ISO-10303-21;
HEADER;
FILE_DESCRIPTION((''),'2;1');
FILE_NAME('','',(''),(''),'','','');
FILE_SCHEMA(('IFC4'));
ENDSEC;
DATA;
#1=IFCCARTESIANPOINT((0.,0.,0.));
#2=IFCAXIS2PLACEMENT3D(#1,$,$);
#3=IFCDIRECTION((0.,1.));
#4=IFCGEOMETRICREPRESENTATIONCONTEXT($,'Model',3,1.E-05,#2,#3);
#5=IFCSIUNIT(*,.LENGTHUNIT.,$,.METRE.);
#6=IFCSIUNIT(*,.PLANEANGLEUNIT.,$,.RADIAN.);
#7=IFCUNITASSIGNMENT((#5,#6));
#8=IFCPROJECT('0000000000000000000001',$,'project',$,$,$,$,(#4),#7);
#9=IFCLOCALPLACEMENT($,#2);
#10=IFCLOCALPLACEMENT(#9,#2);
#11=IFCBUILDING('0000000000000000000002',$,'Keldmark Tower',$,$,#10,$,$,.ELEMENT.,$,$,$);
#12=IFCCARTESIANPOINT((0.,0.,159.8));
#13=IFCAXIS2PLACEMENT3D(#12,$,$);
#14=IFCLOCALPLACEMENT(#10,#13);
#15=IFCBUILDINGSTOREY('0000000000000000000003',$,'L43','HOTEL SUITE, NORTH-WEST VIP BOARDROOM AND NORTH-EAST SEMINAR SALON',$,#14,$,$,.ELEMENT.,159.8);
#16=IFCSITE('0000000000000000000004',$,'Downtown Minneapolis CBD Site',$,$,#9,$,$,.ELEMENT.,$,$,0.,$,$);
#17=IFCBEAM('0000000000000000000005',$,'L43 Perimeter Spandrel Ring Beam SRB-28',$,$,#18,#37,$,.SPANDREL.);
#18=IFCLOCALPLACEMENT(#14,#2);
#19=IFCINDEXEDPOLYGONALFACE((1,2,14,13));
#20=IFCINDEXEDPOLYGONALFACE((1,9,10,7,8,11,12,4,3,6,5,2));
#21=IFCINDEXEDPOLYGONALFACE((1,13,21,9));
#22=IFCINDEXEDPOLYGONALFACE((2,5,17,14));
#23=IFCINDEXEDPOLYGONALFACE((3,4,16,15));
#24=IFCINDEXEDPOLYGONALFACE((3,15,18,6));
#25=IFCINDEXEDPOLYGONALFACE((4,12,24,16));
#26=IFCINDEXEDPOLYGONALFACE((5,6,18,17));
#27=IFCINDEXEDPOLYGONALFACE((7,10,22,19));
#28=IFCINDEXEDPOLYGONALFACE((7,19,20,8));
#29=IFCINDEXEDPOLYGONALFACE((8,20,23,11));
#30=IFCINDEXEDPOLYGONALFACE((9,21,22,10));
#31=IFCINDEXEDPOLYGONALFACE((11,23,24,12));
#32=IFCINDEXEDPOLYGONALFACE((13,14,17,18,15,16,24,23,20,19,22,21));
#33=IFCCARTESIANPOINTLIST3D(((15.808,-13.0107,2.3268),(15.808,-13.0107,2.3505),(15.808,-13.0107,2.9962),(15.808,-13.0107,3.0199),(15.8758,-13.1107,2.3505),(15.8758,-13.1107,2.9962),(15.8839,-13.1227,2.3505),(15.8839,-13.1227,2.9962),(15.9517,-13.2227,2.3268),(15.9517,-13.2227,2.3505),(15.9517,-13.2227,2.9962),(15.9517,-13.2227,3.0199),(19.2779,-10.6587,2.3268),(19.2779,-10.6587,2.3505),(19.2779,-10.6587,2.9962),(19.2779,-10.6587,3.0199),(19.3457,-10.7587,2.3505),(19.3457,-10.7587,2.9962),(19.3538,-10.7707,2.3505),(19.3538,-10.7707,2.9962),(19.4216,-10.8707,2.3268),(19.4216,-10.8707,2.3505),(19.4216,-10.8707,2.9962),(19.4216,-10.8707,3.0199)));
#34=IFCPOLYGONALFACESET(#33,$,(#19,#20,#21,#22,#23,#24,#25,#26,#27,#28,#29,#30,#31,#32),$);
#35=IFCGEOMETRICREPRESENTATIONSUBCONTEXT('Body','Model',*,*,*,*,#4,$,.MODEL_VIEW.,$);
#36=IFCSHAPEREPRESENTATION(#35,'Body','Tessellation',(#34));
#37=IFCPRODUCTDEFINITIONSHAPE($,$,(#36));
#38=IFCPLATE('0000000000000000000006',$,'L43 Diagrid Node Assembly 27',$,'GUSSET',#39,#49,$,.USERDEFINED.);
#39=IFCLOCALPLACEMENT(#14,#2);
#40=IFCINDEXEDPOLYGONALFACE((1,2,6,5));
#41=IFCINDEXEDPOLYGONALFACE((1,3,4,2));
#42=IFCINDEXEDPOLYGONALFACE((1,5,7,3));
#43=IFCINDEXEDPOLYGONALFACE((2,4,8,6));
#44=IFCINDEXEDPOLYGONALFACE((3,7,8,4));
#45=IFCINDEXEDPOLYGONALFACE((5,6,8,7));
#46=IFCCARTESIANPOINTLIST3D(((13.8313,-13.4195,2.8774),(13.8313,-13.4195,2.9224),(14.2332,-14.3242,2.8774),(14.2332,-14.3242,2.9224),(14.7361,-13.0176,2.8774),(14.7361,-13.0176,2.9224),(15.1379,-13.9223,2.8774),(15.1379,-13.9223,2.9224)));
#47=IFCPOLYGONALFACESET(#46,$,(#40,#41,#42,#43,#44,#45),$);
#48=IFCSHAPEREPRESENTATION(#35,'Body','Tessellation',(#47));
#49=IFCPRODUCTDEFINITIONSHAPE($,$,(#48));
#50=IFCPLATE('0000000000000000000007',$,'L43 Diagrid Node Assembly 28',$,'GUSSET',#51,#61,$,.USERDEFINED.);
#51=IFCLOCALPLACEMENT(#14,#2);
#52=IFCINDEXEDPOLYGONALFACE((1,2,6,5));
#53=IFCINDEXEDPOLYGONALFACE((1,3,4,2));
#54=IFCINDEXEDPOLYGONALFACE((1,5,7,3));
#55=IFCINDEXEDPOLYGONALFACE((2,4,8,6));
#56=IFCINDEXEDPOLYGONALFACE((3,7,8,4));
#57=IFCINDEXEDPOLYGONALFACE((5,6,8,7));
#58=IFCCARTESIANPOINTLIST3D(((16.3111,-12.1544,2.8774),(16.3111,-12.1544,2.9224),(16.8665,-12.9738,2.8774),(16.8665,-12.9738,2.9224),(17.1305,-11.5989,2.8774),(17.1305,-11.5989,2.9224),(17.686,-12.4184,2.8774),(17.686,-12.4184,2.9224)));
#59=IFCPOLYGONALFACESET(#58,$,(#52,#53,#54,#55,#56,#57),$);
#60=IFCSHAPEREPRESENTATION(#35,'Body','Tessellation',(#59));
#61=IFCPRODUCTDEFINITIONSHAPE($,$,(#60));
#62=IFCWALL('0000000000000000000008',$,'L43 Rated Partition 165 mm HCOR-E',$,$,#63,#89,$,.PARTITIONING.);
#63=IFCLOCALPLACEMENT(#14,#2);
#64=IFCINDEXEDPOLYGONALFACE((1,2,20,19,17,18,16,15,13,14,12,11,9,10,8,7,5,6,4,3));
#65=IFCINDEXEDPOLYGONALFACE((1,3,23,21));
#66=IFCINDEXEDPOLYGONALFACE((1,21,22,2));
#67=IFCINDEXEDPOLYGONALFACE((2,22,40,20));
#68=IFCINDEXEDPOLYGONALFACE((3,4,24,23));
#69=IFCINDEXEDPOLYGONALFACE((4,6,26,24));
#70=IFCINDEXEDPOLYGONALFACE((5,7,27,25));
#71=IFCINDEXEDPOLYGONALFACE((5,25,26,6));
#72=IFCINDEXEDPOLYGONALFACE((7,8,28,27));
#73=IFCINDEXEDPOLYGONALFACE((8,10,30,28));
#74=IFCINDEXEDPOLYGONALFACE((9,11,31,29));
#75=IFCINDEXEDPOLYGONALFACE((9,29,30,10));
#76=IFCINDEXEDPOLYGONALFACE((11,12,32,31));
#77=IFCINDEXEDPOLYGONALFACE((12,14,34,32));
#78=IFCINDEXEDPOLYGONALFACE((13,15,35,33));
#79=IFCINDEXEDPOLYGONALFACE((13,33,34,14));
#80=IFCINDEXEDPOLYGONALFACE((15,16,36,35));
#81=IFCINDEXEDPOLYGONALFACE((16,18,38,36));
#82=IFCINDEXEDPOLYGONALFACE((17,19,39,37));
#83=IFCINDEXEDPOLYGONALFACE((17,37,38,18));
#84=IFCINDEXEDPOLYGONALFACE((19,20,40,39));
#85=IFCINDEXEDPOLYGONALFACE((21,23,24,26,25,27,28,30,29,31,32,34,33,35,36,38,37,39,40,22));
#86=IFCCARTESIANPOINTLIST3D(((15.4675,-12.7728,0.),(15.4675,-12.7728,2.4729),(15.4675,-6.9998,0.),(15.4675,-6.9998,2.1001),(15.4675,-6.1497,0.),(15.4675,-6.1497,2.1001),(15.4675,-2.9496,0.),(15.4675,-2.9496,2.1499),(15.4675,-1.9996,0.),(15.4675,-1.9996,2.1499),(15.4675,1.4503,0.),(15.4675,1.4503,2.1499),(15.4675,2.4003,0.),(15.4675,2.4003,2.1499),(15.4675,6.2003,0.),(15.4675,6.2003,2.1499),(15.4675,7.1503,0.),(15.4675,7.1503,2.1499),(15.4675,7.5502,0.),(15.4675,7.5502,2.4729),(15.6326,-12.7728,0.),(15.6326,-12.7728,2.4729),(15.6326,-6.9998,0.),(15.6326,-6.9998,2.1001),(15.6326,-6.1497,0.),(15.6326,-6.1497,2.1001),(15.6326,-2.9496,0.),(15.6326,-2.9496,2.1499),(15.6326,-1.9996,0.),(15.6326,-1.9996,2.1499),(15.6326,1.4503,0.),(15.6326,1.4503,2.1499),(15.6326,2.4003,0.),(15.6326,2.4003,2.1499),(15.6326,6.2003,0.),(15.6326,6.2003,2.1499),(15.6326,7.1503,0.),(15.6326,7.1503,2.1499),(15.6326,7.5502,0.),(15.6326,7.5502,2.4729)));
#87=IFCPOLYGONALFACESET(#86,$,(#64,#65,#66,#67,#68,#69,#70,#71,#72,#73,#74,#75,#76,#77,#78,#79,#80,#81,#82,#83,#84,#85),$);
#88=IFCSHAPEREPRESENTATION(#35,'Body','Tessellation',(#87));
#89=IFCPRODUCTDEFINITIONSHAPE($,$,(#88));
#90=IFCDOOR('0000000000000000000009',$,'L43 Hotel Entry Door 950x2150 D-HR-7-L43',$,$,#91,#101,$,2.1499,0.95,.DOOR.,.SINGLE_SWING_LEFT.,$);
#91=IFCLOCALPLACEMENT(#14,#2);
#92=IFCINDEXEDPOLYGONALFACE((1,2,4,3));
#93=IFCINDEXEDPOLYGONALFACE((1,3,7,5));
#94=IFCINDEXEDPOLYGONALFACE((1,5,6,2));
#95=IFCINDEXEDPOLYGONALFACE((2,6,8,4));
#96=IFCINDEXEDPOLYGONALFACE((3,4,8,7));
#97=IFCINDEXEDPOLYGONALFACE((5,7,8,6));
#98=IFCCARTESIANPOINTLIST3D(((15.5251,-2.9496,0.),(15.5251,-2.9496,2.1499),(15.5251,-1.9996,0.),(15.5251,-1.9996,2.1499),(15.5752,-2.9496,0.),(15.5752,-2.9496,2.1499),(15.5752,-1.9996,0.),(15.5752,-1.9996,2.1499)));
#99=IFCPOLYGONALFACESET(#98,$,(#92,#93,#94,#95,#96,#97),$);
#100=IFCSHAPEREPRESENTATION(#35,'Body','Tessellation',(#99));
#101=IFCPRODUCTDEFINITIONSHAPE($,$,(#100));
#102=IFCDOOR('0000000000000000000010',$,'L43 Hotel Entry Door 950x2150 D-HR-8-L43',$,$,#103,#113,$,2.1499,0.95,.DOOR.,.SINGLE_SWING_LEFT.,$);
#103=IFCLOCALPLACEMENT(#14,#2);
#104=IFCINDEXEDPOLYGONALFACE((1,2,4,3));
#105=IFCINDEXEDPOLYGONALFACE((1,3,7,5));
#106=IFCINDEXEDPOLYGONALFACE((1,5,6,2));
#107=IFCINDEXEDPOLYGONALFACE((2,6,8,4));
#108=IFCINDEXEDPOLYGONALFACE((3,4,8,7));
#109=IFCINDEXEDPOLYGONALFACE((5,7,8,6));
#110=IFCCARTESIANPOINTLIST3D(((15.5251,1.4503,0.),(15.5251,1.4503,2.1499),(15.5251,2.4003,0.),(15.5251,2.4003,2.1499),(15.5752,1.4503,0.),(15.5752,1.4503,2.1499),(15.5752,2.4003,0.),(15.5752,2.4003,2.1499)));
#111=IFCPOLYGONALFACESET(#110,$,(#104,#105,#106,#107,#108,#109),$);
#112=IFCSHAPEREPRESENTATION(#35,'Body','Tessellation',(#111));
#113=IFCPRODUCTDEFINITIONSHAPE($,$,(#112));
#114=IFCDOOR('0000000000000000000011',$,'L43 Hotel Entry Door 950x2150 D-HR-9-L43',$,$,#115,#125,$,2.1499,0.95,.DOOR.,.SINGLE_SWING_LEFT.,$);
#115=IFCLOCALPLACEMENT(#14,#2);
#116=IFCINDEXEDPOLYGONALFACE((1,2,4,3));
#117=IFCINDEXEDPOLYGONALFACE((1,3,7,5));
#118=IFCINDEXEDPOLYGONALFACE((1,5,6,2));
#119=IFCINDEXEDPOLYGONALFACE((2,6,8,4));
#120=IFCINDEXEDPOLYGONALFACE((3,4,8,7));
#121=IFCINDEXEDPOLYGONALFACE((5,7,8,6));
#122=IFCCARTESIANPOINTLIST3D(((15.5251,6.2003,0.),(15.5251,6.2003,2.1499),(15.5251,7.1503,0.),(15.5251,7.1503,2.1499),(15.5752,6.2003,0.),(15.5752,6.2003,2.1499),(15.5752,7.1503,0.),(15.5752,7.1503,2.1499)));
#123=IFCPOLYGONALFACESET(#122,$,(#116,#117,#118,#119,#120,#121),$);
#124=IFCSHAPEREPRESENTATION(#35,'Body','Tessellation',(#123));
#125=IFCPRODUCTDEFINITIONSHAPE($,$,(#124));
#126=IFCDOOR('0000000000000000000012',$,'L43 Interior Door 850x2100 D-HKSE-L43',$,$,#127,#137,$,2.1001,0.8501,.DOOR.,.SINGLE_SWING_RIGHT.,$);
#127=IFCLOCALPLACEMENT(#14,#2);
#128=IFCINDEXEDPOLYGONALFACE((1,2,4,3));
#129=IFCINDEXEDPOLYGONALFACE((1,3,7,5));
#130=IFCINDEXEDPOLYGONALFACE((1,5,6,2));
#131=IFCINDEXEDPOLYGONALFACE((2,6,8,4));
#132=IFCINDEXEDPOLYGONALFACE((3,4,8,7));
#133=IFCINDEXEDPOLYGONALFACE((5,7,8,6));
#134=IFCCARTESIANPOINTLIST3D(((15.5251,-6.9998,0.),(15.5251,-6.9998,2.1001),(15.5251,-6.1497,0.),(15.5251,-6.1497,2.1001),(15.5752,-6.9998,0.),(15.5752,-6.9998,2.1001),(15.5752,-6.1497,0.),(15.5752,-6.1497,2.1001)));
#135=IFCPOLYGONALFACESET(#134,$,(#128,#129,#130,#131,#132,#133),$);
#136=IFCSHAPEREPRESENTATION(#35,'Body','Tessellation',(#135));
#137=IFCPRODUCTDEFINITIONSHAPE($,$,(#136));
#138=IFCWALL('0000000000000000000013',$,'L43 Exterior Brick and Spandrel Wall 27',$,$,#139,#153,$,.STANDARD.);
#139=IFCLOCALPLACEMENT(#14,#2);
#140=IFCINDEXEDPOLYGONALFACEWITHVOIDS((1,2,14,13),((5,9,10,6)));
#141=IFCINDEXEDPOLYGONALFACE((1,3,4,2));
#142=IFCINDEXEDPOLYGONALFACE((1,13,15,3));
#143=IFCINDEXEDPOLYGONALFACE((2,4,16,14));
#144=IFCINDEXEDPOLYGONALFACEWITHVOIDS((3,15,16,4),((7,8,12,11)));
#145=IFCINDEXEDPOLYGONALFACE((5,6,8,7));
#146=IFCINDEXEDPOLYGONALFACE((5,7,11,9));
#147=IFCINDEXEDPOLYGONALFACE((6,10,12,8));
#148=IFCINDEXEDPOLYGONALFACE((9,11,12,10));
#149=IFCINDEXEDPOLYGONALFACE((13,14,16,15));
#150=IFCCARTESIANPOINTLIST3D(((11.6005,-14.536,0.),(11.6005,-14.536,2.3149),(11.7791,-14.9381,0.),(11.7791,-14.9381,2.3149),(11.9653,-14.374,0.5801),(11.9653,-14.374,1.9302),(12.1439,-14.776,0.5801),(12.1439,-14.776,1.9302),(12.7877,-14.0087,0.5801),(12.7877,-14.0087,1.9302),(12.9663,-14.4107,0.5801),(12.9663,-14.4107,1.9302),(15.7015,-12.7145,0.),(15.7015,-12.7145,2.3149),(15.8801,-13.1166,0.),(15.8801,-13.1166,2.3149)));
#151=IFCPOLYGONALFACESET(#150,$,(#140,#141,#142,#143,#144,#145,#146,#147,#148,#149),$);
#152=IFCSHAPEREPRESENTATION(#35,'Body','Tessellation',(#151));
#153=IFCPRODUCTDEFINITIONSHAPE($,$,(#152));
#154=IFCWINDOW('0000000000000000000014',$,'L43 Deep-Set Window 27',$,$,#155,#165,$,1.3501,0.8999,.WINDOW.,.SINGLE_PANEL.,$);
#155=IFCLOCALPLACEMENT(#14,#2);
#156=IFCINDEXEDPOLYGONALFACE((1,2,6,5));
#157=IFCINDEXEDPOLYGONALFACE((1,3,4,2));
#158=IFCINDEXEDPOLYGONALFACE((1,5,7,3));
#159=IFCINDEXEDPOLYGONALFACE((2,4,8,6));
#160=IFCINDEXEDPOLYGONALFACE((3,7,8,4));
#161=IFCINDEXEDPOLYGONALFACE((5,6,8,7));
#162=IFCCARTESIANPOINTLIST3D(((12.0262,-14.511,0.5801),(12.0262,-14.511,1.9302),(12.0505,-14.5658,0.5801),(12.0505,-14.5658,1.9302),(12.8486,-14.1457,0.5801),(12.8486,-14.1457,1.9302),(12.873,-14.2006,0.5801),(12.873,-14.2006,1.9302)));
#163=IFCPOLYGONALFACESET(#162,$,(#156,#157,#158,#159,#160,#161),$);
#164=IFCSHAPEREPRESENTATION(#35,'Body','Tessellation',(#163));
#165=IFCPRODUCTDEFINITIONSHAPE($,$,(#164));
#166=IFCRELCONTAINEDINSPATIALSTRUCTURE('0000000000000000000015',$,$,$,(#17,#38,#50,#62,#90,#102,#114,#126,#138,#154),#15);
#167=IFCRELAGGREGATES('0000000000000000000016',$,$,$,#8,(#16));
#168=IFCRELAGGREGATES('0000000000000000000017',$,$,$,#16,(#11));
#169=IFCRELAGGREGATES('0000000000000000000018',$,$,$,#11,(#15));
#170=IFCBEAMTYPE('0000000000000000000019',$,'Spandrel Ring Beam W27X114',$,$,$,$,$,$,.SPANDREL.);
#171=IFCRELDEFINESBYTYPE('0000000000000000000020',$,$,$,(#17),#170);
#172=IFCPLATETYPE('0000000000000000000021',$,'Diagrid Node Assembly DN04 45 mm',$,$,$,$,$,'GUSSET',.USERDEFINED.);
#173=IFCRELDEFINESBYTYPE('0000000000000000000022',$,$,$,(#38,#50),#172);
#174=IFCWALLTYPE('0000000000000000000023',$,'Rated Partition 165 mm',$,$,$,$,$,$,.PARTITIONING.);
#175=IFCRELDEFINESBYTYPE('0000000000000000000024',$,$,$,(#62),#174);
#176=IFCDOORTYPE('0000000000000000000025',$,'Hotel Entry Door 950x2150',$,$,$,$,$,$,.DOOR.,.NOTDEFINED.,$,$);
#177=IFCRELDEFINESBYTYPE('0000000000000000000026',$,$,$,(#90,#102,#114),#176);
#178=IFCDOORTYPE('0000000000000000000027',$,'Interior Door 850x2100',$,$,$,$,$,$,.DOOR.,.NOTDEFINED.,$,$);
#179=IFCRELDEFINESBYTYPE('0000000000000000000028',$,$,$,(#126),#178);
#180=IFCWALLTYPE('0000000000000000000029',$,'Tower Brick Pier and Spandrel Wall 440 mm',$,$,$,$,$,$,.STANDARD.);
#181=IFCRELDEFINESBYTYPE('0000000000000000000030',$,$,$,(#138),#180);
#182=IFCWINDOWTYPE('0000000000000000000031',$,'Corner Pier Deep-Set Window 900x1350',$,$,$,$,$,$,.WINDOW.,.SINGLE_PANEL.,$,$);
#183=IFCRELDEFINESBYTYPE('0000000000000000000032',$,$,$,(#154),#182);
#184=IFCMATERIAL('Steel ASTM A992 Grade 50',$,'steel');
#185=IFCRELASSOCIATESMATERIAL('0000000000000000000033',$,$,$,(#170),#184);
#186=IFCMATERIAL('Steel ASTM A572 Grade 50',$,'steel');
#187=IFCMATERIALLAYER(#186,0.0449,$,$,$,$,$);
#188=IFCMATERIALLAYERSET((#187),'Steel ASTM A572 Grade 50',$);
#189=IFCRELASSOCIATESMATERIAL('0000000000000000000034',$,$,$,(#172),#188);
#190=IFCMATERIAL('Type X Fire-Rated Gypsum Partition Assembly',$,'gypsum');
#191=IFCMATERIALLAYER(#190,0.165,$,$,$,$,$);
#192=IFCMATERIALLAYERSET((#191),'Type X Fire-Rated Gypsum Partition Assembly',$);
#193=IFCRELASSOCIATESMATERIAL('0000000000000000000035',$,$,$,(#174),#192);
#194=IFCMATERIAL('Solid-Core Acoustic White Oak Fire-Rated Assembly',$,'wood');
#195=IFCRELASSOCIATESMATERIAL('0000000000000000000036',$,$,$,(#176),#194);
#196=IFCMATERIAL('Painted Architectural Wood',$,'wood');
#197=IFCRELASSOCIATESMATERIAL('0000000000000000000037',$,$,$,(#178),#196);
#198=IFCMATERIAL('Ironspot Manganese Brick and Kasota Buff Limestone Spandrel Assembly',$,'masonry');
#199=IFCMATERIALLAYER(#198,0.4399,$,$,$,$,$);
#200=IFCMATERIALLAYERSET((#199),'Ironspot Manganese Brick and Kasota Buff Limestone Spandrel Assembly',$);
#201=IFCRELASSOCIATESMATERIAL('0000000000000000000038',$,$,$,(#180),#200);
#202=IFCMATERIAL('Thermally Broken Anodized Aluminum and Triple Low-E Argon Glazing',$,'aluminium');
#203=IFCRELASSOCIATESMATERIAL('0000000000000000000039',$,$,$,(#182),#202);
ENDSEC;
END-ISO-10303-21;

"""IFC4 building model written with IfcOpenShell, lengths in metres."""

from ifc_helpers import new_model, si_unit, direction, frame, frame_2d, origin, origin_2d, place, context, subcontext, project, spatial, rectangle, i_section, extrude, material, layer, layer_set, material_profile, profile_set, type_object, element, fill, save


model = new_model("IFC4")

# Units and contexts
model_context = context("Model", 3, precision=1e-05, world=origin(), true_north=direction((0.0, 1.0)))
body_context = subcontext(model_context, "Body", "Model", "MODEL_VIEW")
ifc_project = project(units=[si_unit("LENGTHUNIT", "METRE"), si_unit("PLANEANGLEUNIT", "RADIAN")], contexts=[model_context])

# Site, building, storey
site_placement = place(None, origin())
site = spatial("IfcSite", under=ifc_project, at=site_placement, Name="Downtown Minneapolis CBD Site", CompositionType="ELEMENT", RefElevation=0.0)
building_placement = place(site_placement, origin())
building = spatial("IfcBuilding", under=site, at=building_placement, Name="Keldmark Tower", CompositionType="ELEMENT")
storey_placement = place(building_placement, frame((0.0, 0.0, 159.8)))
storey = spatial("IfcBuildingStorey", under=building, at=storey_placement, Name="L43", Description="HOTEL SUITE, NORTH-WEST VIP BOARDROOM AND NORTH-EAST SEMINAR SALON", CompositionType="ELEMENT", Elevation=159.8)

# Beam
ifc_material_1 = material(Name="Steel ASTM A992 Grade 50", Category="steel")
ifc_material_profile_1 = material_profile(ifc_material_1, i_section(OverallWidth=0.2561, OverallDepth=0.6931, WebThickness=0.0144, FlangeThickness=0.0237, at=origin_2d()), Name="W27X114")
ifc_profile_set_1 = profile_set([ifc_material_profile_1], Name="Steel ASTM A992 Grade 50")
beam_type_1 = type_object("IfcBeamType", Name="Spandrel Ring Beam W27X114", PredefinedType="SPANDREL", material=ifc_profile_set_1)
beam_1_placement = place(storey_placement, frame((15.8799, -13.1167, 2.6733), z_axis=(0.827761, 0.561081, 0.0), x_axis=(-0.561081, 0.827761, 0.0)))
element("IfcBeam", 1, at=beam_1_placement, inside=storey, type_object=beam_type_1, Name="L43 Perimeter Spandrel Ring Beam SRB-28", PredefinedType="SPANDREL", context=body_context, shape_type="SweptSolid", body=[
    extrude(i_section(OverallWidth=0.2561, OverallDepth=0.6931, WebThickness=0.0144, FlangeThickness=0.0237, at=origin_2d()), origin(), (0.0, 0.0, 1.0), 4.1919),
])

# Plates
ifc_material_2 = material(Name="Steel ASTM A572 Grade 50", Category="steel")
ifc_layer_1 = layer(ifc_material_2, 0.0449)
ifc_layer_set_1 = layer_set([ifc_layer_1], Name="Steel ASTM A572 Grade 50")
plate_type = type_object("IfcPlateType", Name="Diagrid Node Assembly DN04 45 mm", ElementType="GUSSET", PredefinedType="USERDEFINED", material=ifc_layer_set_1)
for number, where, z_axis, x_axis, name in (
    (2, (14.4846, -13.6709, 2.8774), (0.0, 0.0, 1.0), (0.9139, 0.405939, 0.0), "L43 Diagrid Node Assembly 27"),
    (3, (16.9985, -12.2864, 2.8774), (0.0, 0.0, 1.0), (0.827767, 0.561072, 0.0), "L43 Diagrid Node Assembly 28"),
):
    element("IfcPlate", number, at=place(storey_placement, frame(where, z_axis=z_axis, x_axis=x_axis)), inside=storey, type_object=plate_type, Name=name, ObjectType="GUSSET", PredefinedType="USERDEFINED", context=body_context, shape_type="SweptSolid", body=[
        extrude(rectangle(XDim=0.99, YDim=0.99, at=origin_2d()), origin(), (0.0, 0.0, 1.0), 0.0449),
    ])

# Wall, openings, doors
ifc_material_3 = material(Name="Type X Fire-Rated Gypsum Partition Assembly", Category="gypsum")
ifc_layer_2 = layer(ifc_material_3, 0.165)
ifc_layer_set_2 = layer_set([ifc_layer_2], Name="Type X Fire-Rated Gypsum Partition Assembly")
wall_type_1 = type_object("IfcWallType", Name="Rated Partition 165 mm", PredefinedType="PARTITIONING", material=ifc_layer_set_2)
wall_1_placement = place(storey_placement, frame((15.55, -12.7729, 0.0), z_axis=(0.0, 0.0, 1.0), x_axis=(0.0, 1.0, 0.0)))
wall_1 = element("IfcWall", 4, at=wall_1_placement, inside=storey, type_object=wall_type_1, Name="L43 Rated Partition 165 mm HCOR-E", PredefinedType="PARTITIONING", context=body_context, shape_type="SweptSolid", body=[
    extrude(rectangle(XDim=20.323, YDim=0.165, at=frame_2d((10.1616, 0.0))), origin(), (0.0, 0.0, 1.0), 2.4729),
])
opening_1_placement = place(wall_1_placement, frame((5.7732, 0.0, 0.0)))
opening_1 = element("IfcOpeningElement", 5, at=opening_1_placement, cuts=wall_1, PredefinedType="OPENING", context=body_context, shape_type="SweptSolid", body=[
    extrude(rectangle(XDim=0.8501, YDim=2.1001, at=frame_2d((0.425, 1.05))), frame((0.0, 0.0925, 0.0), z_axis=(0.0, -1.0, 0.0), x_axis=(1.0, 0.0, 0.0)), (0.0, 0.0, 1.0), 0.1851),
])
opening_2_placement = place(wall_1_placement, frame((9.8232, 0.0, 0.0)))
opening_2 = element("IfcOpeningElement", 6, at=opening_2_placement, cuts=wall_1, PredefinedType="OPENING", context=body_context, shape_type="SweptSolid", body=[
    extrude(rectangle(XDim=0.95, YDim=2.1499, at=frame_2d((0.4751, 1.075))), frame((0.0, 0.0925, 0.0), z_axis=(0.0, -1.0, 0.0), x_axis=(1.0, 0.0, 0.0)), (0.0, 0.0, 1.0), 0.1851),
])
opening_3_placement = place(wall_1_placement, frame((14.2231, 0.0, 0.0)))
opening_3 = element("IfcOpeningElement", 7, at=opening_3_placement, cuts=wall_1, PredefinedType="OPENING", context=body_context, shape_type="SweptSolid", body=[
    extrude(rectangle(XDim=0.95, YDim=2.1499, at=frame_2d((0.4751, 1.075))), frame((0.0, 0.0925, 0.0), z_axis=(0.0, -1.0, 0.0), x_axis=(1.0, 0.0, 0.0)), (0.0, 0.0, 1.0), 0.1851),
])
opening_4_placement = place(wall_1_placement, frame((18.9731, 0.0, 0.0)))
opening_4 = element("IfcOpeningElement", 8, at=opening_4_placement, cuts=wall_1, PredefinedType="OPENING", context=body_context, shape_type="SweptSolid", body=[
    extrude(rectangle(XDim=0.95, YDim=2.1499, at=frame_2d((0.4751, 1.075))), frame((0.0, 0.0925, 0.0), z_axis=(0.0, -1.0, 0.0), x_axis=(1.0, 0.0, 0.0)), (0.0, 0.0, 1.0), 0.1851),
])
ifc_material_4 = material(Name="Solid-Core Acoustic White Oak Fire-Rated Assembly", Category="wood")
door_type_1 = type_object("IfcDoorType", Name="Hotel Entry Door 950x2150", OperationType="NOTDEFINED", PredefinedType="DOOR", material=ifc_material_4)
door_1_placement = place(opening_2_placement, origin())
door_1 = element("IfcDoor", 9, at=door_1_placement, inside=storey, type_object=door_type_1, Name="L43 Hotel Entry Door 950x2150 D-HR-7-L43", OperationType="SINGLE_SWING_LEFT", OverallHeight=2.1499, OverallWidth=0.95, PredefinedType="DOOR", context=body_context, shape_type="SweptSolid", body=[
    extrude(rectangle(XDim=0.95, YDim=2.1499, at=frame_2d((0.4751, 1.075))), frame((0.0, 0.0249, 0.0), z_axis=(0.0, -1.0, 0.0), x_axis=(1.0, 0.0, 0.0)), (0.0, 0.0, 1.0), 0.05),
])
fill(opening_2, door_1)
door_2_placement = place(opening_3_placement, origin())
door_2 = element("IfcDoor", 10, at=door_2_placement, inside=storey, type_object=door_type_1, Name="L43 Hotel Entry Door 950x2150 D-HR-8-L43", OperationType="SINGLE_SWING_LEFT", OverallHeight=2.1499, OverallWidth=0.95, PredefinedType="DOOR", context=body_context, shape_type="SweptSolid", body=[
    extrude(rectangle(XDim=0.95, YDim=2.1499, at=frame_2d((0.4751, 1.075))), frame((0.0, 0.0249, 0.0), z_axis=(0.0, -1.0, 0.0), x_axis=(1.0, 0.0, 0.0)), (0.0, 0.0, 1.0), 0.05),
])
fill(opening_3, door_2)
door_3_placement = place(opening_4_placement, origin())
door_3 = element("IfcDoor", 11, at=door_3_placement, inside=storey, type_object=door_type_1, Name="L43 Hotel Entry Door 950x2150 D-HR-9-L43", OperationType="SINGLE_SWING_LEFT", OverallHeight=2.1499, OverallWidth=0.95, PredefinedType="DOOR", context=body_context, shape_type="SweptSolid", body=[
    extrude(rectangle(XDim=0.95, YDim=2.1499, at=frame_2d((0.4751, 1.075))), frame((0.0, 0.0249, 0.0), z_axis=(0.0, -1.0, 0.0), x_axis=(1.0, 0.0, 0.0)), (0.0, 0.0, 1.0), 0.05),
])
fill(opening_4, door_3)
ifc_material_5 = material(Name="Painted Architectural Wood", Category="wood")
door_type_2 = type_object("IfcDoorType", Name="Interior Door 850x2100", OperationType="NOTDEFINED", PredefinedType="DOOR", material=ifc_material_5)
door_4_placement = place(opening_1_placement, origin())
door_4 = element("IfcDoor", 12, at=door_4_placement, inside=storey, type_object=door_type_2, Name="L43 Interior Door 850x2100 D-HKSE-L43", OperationType="SINGLE_SWING_RIGHT", OverallHeight=2.1001, OverallWidth=0.8501, PredefinedType="DOOR", context=body_context, shape_type="SweptSolid", body=[
    extrude(rectangle(XDim=0.8501, YDim=2.1001, at=frame_2d((0.425, 1.05))), frame((0.0, 0.0249, 0.0), z_axis=(0.0, -1.0, 0.0), x_axis=(1.0, 0.0, 0.0)), (0.0, 0.0, 1.0), 0.05),
])
fill(opening_1, door_4)

# Wall, opening, window
ifc_material_6 = material(Name="Ironspot Manganese Brick and Kasota Buff Limestone Spandrel Assembly", Category="masonry")
ifc_layer_3 = layer(ifc_material_6, 0.4399)
ifc_layer_set_3 = layer_set([ifc_layer_3], Name="Ironspot Manganese Brick and Kasota Buff Limestone Spandrel Assembly")
wall_type_2 = type_object("IfcWallType", Name="Tower Brick Pier and Spandrel Wall 440 mm", PredefinedType="STANDARD", material=ifc_layer_set_3)
wall_2_placement = place(storey_placement, frame((15.7908, -12.9155, 0.0), z_axis=(0.0, 0.0, 1.0), x_axis=(-0.913908, -0.405921, 0.0)))
wall_2 = element("IfcWall", 13, at=wall_2_placement, inside=storey, type_object=wall_type_2, Name="L43 Exterior Brick and Spandrel Wall 27", PredefinedType="STANDARD", context=body_context, shape_type="SweptSolid", body=[
    extrude(rectangle(XDim=4.4873, YDim=0.4399, at=frame_2d((2.2437, 0.0))), origin(), (0.0, 0.0, 1.0), 2.3149),
])
opening_5_placement = place(wall_2_placement, frame((3.1882, 0.0, 0.5801)))
opening_5 = element("IfcOpeningElement", 14, at=opening_5_placement, cuts=wall_2, PredefinedType="OPENING", context=body_context, shape_type="SweptSolid", body=[
    extrude(rectangle(XDim=0.8999, YDim=1.3501, at=frame_2d((0.45, 0.675))), frame((0.0, 0.23, 0.0), z_axis=(0.0, -1.0, 0.0), x_axis=(1.0, 0.0, 0.0)), (0.0, 0.0, 1.0), 0.46),
])
ifc_material_7 = material(Name="Thermally Broken Anodized Aluminum and Triple Low-E Argon Glazing", Category="aluminium")
window_type = type_object("IfcWindowType", Name="Corner Pier Deep-Set Window 900x1350", PartitioningType="SINGLE_PANEL", PredefinedType="WINDOW", material=ifc_material_7)
window_placement = place(opening_5_placement, origin())
window = element("IfcWindow", 15, at=window_placement, inside=storey, type_object=window_type, Name="L43 Deep-Set Window 27", OverallHeight=1.3501, OverallWidth=0.8999, PartitioningType="SINGLE_PANEL", PredefinedType="WINDOW", context=body_context, shape_type="SweptSolid", body=[
    extrude(rectangle(XDim=0.8999, YDim=1.3501, at=frame_2d((0.45, 0.675))), frame((0.0, -0.01, 0.0), z_axis=(0.0, -1.0, 0.0), x_axis=(1.0, 0.0, 0.0)), (0.0, 0.0, 1.0), 0.0601),
])
fill(opening_5, window)

save(model, "model.ifc")
